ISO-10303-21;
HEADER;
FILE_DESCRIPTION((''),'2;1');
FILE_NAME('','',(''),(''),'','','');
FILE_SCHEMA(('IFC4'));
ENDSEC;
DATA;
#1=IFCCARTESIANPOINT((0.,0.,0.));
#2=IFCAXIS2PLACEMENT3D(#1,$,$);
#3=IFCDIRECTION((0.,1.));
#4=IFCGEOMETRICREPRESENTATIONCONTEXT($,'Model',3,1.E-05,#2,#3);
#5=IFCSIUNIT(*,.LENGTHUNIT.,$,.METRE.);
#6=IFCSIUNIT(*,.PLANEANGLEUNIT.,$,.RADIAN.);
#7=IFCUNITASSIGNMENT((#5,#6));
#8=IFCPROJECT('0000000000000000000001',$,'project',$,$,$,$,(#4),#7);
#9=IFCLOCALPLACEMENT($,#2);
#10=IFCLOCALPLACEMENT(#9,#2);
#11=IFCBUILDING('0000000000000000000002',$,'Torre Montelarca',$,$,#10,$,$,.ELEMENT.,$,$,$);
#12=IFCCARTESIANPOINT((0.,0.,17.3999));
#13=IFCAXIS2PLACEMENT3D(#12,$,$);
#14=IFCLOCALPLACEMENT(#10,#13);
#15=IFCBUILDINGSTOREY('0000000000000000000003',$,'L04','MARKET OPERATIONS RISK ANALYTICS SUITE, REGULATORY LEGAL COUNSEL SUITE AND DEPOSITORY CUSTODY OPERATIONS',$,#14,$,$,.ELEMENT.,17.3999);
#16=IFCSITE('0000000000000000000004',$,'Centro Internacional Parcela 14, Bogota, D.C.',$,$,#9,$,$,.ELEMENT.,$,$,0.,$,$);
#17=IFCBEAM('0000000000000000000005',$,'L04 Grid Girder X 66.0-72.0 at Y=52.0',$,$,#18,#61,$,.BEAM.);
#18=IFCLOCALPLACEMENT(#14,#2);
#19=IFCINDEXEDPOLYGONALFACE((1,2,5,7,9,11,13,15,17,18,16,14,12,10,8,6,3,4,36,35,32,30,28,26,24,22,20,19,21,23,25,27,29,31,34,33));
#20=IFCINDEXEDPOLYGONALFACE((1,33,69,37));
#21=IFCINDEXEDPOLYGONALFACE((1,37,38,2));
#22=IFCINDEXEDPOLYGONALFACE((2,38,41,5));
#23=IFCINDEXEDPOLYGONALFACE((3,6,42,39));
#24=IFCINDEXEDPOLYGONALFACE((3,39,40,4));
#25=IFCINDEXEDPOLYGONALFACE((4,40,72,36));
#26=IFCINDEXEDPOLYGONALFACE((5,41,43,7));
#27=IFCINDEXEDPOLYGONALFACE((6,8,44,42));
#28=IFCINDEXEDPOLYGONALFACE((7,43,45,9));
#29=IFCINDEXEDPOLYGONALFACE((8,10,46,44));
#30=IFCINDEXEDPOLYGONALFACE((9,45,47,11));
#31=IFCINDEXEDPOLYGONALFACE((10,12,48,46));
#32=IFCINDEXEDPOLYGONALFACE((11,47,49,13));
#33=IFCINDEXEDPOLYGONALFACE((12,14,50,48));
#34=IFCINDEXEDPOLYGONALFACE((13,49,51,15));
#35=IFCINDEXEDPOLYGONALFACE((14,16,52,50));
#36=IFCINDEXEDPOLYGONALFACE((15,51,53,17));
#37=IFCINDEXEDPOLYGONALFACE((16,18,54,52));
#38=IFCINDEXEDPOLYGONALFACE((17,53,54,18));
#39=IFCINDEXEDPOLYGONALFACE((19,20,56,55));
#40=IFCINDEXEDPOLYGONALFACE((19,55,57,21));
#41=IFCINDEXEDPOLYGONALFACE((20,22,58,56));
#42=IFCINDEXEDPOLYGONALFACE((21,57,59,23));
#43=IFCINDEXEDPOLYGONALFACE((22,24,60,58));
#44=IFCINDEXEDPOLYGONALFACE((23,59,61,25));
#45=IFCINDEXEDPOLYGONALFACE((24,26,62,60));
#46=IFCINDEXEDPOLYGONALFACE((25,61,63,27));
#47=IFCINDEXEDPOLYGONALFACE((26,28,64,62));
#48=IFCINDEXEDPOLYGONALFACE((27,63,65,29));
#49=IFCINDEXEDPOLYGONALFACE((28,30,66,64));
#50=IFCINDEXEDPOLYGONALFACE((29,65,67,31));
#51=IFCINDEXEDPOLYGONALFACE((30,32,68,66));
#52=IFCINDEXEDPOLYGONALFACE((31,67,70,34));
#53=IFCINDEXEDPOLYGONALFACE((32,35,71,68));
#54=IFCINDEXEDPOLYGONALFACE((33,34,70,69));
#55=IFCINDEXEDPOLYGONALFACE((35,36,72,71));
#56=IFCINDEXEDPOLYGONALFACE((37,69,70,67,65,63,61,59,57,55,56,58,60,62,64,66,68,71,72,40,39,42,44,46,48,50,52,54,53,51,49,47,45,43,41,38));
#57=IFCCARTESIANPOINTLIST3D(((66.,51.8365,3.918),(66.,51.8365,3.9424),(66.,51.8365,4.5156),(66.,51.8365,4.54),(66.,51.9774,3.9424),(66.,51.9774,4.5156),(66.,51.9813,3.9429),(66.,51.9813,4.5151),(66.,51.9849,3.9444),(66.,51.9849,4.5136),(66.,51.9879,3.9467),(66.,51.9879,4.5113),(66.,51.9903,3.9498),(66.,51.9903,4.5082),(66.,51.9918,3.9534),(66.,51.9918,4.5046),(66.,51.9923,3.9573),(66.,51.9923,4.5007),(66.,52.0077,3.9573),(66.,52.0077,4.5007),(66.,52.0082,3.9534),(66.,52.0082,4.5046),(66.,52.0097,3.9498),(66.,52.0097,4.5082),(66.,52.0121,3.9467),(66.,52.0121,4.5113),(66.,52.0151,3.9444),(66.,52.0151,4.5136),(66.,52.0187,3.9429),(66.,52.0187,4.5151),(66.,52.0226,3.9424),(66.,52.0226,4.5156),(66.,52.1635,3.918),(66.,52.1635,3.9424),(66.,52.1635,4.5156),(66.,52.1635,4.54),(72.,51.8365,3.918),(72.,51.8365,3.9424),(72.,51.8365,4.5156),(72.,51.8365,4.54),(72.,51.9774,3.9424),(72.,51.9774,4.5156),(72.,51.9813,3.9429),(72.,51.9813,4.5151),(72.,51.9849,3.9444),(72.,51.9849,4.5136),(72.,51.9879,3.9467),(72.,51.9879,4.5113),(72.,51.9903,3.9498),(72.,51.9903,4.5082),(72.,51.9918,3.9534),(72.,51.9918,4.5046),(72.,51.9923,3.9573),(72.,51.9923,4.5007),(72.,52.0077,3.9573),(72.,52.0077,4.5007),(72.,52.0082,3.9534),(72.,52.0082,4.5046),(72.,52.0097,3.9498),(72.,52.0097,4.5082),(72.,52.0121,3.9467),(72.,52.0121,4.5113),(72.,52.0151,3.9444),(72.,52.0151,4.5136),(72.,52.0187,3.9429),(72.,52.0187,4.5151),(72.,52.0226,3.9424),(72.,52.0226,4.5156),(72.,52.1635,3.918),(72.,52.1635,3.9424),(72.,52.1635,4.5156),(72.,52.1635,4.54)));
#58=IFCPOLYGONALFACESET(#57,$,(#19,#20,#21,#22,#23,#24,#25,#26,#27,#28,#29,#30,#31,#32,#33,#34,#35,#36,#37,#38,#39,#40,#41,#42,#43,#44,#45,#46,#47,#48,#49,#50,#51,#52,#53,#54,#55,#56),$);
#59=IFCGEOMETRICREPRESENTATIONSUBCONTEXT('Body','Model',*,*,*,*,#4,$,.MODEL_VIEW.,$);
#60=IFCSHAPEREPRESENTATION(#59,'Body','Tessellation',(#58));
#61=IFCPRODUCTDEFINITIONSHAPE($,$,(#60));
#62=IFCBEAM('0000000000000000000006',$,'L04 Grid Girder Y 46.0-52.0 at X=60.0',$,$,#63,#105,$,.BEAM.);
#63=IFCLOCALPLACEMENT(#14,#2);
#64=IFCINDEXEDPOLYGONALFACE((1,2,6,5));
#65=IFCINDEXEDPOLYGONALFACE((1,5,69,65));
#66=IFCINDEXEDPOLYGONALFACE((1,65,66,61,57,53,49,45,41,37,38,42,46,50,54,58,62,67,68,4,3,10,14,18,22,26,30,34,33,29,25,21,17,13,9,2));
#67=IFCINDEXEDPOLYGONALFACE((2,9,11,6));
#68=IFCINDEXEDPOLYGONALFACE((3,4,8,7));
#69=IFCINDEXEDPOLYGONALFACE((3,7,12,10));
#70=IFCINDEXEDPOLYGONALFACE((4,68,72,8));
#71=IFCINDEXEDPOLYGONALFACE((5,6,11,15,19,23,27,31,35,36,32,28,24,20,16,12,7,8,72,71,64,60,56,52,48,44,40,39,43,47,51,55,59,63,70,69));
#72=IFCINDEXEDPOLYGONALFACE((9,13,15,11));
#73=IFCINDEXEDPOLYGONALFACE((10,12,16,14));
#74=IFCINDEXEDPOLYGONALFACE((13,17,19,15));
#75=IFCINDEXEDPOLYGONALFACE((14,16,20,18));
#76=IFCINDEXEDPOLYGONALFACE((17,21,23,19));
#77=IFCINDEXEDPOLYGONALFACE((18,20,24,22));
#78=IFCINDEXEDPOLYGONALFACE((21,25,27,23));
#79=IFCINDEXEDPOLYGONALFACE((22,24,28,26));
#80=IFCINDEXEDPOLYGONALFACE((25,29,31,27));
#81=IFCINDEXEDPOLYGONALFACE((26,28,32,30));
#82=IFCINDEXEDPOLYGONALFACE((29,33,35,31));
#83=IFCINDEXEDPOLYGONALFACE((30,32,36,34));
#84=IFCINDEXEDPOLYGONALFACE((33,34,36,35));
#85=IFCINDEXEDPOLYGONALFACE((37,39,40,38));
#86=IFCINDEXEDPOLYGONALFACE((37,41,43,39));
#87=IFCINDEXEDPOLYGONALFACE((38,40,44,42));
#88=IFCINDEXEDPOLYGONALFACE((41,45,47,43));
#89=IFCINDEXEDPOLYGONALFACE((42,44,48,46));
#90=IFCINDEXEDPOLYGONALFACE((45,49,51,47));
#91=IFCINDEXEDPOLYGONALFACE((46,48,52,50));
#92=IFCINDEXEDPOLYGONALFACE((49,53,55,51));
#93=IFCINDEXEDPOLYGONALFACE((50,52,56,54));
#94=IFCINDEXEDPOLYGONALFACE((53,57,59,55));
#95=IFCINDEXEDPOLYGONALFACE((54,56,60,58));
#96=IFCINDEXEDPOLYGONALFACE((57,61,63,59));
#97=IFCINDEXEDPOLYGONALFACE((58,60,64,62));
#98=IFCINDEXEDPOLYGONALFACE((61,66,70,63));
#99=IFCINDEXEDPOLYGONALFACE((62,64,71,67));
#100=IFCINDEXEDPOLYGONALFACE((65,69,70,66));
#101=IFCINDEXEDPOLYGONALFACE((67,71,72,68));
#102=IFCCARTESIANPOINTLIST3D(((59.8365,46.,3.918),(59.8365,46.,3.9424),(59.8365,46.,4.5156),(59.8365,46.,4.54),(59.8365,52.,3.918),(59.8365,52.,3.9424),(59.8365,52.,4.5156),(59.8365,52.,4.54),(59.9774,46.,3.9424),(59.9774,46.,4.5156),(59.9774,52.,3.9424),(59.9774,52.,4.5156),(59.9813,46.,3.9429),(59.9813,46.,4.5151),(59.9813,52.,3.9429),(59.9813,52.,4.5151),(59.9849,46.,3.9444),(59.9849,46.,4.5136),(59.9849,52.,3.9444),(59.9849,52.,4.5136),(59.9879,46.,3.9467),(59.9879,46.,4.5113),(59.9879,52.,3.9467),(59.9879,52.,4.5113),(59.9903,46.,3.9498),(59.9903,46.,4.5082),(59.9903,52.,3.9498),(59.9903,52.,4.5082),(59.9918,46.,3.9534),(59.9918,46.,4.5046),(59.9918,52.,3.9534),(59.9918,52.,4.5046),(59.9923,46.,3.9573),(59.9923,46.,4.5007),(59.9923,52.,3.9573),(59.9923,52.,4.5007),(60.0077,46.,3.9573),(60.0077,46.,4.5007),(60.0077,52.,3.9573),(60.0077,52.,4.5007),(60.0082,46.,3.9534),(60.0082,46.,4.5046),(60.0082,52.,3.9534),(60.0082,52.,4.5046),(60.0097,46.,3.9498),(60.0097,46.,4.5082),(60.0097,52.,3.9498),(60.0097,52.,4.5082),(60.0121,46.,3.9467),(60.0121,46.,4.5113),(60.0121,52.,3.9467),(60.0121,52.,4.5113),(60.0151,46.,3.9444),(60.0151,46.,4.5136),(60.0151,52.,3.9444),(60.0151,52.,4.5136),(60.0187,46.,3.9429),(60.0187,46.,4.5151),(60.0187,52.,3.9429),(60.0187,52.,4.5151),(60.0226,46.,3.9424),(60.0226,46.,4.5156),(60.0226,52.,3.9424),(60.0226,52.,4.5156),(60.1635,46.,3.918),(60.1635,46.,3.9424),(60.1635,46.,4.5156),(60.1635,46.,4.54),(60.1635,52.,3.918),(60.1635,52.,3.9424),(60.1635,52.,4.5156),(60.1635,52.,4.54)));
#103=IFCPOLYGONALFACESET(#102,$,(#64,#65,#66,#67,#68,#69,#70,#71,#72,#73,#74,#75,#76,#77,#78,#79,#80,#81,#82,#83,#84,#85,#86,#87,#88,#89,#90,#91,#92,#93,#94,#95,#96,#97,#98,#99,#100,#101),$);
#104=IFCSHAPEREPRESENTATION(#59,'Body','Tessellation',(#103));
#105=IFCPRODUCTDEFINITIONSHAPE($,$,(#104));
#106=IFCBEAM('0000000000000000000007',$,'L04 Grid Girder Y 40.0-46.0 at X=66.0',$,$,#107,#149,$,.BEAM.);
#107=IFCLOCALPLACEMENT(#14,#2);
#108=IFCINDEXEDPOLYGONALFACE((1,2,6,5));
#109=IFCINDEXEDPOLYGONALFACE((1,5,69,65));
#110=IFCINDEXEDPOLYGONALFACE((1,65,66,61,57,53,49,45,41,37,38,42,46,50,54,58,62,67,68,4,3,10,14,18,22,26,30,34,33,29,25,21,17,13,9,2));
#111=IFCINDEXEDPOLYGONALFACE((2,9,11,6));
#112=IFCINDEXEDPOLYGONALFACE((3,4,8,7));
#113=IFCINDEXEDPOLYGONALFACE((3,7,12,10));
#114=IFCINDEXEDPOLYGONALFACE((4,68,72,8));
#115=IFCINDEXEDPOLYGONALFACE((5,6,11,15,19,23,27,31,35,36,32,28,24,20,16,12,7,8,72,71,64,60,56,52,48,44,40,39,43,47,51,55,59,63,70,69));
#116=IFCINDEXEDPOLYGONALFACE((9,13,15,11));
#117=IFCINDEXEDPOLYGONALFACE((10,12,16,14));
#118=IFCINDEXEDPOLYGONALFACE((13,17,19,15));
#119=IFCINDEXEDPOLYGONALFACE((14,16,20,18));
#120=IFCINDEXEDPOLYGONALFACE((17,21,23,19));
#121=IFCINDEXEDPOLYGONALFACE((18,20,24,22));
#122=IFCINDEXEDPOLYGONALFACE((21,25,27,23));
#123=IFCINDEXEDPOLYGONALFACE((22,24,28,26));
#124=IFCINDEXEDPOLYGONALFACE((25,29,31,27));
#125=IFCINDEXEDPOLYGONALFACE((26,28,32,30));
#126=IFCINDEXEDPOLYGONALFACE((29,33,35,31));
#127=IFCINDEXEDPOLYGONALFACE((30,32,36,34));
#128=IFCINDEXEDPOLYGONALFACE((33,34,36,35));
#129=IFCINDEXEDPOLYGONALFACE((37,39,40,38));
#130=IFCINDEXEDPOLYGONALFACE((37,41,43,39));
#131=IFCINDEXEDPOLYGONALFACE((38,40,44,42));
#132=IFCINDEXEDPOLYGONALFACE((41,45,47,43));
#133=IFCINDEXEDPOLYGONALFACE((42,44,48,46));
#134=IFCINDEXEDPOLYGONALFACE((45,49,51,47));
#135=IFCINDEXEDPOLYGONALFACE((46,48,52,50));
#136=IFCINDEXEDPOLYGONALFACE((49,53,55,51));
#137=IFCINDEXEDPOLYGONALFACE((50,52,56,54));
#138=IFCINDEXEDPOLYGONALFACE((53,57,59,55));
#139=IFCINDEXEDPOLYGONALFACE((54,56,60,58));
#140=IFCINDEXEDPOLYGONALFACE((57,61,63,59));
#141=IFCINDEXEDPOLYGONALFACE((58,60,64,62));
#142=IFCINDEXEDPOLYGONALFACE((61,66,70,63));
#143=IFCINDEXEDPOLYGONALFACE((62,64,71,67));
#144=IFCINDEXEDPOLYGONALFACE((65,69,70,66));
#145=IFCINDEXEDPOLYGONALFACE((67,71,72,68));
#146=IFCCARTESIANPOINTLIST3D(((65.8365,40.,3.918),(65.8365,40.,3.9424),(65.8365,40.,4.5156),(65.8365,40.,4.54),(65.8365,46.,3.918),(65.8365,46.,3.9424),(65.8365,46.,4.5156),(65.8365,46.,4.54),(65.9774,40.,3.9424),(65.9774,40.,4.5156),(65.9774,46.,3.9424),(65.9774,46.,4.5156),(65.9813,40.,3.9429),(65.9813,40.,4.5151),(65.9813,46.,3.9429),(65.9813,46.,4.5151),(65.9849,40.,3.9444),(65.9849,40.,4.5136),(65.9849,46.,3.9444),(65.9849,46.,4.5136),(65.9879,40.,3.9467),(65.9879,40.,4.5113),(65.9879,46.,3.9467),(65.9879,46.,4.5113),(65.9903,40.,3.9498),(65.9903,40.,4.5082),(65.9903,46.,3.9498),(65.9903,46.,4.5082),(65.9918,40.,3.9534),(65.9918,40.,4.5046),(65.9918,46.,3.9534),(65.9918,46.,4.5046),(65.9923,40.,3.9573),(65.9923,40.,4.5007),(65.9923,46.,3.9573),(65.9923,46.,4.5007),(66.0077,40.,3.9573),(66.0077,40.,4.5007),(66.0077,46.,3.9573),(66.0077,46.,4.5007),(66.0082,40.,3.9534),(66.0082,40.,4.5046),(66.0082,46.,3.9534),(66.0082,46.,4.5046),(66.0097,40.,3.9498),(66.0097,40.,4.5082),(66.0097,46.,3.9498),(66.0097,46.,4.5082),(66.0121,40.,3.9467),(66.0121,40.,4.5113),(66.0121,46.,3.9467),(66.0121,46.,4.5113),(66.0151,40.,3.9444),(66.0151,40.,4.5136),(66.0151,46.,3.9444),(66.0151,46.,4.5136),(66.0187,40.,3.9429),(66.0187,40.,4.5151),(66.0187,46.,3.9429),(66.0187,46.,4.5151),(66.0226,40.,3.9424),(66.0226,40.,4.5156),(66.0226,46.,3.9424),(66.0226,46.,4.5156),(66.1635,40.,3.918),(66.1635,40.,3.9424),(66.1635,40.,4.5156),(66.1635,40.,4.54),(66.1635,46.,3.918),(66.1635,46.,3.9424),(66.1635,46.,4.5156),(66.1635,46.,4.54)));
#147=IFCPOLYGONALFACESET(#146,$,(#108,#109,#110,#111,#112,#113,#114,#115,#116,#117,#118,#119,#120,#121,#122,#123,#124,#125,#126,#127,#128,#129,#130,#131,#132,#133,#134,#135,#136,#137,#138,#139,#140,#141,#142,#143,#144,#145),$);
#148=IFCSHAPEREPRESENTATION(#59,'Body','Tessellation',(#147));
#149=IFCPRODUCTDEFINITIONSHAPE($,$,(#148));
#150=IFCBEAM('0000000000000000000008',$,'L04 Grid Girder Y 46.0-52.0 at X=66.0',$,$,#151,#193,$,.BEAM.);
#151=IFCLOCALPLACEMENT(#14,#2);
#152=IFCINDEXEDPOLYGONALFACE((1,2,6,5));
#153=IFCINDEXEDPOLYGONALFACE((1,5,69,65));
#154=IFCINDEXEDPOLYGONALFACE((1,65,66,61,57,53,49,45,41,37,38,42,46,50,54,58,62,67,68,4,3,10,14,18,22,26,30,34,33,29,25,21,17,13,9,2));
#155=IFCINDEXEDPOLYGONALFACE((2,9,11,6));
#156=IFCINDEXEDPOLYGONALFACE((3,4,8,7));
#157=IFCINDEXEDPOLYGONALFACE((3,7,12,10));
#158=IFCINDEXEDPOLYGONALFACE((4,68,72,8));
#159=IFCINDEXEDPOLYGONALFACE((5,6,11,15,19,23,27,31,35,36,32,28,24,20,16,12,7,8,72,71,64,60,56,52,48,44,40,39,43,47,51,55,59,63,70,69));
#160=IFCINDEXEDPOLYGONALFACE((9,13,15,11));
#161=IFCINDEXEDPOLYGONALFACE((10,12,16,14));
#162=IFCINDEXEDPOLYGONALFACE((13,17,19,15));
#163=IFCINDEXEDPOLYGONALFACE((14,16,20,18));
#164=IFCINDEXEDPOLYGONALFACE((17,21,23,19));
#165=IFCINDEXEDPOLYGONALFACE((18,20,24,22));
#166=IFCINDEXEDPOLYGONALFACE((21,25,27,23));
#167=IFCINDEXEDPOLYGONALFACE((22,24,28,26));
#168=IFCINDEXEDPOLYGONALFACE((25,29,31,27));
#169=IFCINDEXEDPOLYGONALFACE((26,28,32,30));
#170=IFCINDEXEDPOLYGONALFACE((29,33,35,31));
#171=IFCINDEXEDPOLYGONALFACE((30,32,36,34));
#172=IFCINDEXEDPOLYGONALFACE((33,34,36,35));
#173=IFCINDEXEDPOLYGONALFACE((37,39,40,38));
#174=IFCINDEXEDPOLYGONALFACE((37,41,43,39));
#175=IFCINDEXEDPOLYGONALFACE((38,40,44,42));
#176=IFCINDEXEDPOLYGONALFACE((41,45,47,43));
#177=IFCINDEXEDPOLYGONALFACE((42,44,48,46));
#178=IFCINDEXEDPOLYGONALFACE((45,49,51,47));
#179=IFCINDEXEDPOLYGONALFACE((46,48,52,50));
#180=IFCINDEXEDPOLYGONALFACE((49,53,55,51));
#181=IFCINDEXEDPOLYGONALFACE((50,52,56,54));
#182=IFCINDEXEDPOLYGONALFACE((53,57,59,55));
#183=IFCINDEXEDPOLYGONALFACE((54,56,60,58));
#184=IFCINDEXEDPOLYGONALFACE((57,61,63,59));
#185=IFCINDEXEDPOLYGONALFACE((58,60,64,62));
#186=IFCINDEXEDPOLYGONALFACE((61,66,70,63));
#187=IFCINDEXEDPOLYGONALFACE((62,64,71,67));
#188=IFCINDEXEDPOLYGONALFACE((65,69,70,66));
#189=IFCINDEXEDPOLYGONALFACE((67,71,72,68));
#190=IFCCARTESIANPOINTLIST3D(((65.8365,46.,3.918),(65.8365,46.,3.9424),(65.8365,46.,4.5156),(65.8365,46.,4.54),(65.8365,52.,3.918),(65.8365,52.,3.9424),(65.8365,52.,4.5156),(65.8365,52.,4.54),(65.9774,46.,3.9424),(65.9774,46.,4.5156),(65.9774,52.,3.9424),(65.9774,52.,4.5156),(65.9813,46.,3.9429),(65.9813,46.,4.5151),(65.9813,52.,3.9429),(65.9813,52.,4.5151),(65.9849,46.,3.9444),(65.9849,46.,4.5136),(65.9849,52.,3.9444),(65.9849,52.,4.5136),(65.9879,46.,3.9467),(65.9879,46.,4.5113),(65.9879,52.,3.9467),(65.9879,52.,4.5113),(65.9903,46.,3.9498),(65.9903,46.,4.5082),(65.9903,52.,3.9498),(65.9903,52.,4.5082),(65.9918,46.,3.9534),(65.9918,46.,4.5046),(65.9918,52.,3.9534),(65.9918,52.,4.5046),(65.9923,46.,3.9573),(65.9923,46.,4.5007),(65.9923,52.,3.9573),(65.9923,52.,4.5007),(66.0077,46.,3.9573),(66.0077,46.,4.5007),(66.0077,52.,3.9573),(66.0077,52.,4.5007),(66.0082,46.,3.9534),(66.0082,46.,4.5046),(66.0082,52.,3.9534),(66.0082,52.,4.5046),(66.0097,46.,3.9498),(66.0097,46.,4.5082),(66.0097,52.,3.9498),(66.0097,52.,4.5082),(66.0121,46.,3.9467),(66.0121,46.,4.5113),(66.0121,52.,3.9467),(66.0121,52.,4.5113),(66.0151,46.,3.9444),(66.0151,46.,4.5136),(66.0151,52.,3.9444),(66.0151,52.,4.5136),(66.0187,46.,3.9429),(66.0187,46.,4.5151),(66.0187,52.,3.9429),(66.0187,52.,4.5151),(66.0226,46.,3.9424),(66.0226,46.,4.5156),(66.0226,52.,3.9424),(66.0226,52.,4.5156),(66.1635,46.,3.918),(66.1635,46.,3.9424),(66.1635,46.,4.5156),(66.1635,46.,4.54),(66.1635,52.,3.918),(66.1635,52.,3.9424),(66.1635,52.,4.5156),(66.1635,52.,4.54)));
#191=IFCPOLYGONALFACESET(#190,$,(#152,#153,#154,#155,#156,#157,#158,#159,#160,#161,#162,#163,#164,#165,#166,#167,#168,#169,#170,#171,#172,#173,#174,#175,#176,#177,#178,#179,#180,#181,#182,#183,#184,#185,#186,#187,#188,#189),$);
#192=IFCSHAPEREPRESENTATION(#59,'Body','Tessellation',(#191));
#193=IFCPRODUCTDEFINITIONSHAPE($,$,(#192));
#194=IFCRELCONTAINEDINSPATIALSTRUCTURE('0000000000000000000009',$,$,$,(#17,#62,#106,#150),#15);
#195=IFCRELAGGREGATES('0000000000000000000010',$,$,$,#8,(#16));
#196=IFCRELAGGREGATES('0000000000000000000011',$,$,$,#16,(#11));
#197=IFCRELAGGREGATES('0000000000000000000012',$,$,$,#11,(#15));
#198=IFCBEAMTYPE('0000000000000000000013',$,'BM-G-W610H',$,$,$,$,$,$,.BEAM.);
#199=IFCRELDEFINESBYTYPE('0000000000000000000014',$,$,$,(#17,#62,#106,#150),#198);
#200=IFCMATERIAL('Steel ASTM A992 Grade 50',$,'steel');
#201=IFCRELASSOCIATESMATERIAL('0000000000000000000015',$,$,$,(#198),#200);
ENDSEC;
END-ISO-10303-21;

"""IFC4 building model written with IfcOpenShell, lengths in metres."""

from ifc_helpers import new_model, si_unit, direction, frame, origin, origin_2d, place, context, subcontext, project, spatial, i_section, extrude, source, transform, mapped, material, material_profile, profile_set, type_object, element, save


model = new_model("IFC4")

# Units and contexts
model_context = context("Model", 3, precision=1e-05, world=origin(), true_north=direction((0.0, 1.0)))
body_context = subcontext(model_context, "Body", "Model", "MODEL_VIEW")
ifc_project = project(units=[si_unit("LENGTHUNIT", "METRE"), si_unit("PLANEANGLEUNIT", "RADIAN")], contexts=[model_context])

# Site, building, storey
site_placement = place(None, origin())
site = spatial("IfcSite", under=ifc_project, at=site_placement, Name="Centro Internacional Parcela 14, Bogota, D.C.", CompositionType="ELEMENT", RefElevation=0.0)
building_placement = place(site_placement, origin())
building = spatial("IfcBuilding", under=site, at=building_placement, Name="Torre Montelarca", CompositionType="ELEMENT")
storey_placement = place(building_placement, frame((0.0, 0.0, 17.3999)))
storey = spatial("IfcBuildingStorey", under=building, at=storey_placement, Name="L04", Description="MARKET OPERATIONS RISK ANALYTICS SUITE, REGULATORY LEGAL COUNSEL SUITE AND DEPOSITORY CUSTODY OPERATIONS", CompositionType="ELEMENT", Elevation=17.3999)

# Shared definitions
ifc_material_1 = material(Name="Steel ASTM A992 Grade 50", Category="steel")

# Beams
ifc_material_profile_1 = material_profile(ifc_material_1, i_section(OverallWidth=0.3269, OverallDepth=0.6221, WebThickness=0.0154, FlangeThickness=0.0244, FilletRadius=0.0149, at=origin_2d()), Name="W610X195", Category="steel")
ifc_profile_set_1 = profile_set([ifc_material_profile_1], Name="Steel ASTM A992 Grade 50")
beam_type_1 = type_object("IfcBeamType", Name="BM-G-W610H", PredefinedType="BEAM", material=ifc_profile_set_1)
shared_shape_1 = source(origin(), body_context, "Body", "SweptSolid", [
    extrude(i_section(OverallWidth=0.3269, OverallDepth=0.6221, WebThickness=0.0154, FlangeThickness=0.0244, FilletRadius=0.0149, at=origin_2d()), origin(), (0.0, 0.0, 1.0), 6.0),
])
for number, where, z_axis, x_axis, name in (
    (1, (66.0, 52.0, 4.229), (1.0, 0.0, 0.0), (0.0, 1.0, 0.0), "L04 Grid Girder X 66.0-72.0 at Y=52.0"),
    (2, (60.0, 46.0, 4.229), (0.0, 1.0, 0.0), (-1.0, 0.0, 0.0), "L04 Grid Girder Y 46.0-52.0 at X=60.0"),
    (3, (66.0, 40.0, 4.229), (0.0, 1.0, 0.0), (-1.0, 0.0, 0.0), "L04 Grid Girder Y 40.0-46.0 at X=66.0"),
    (4, (66.0, 46.0, 4.229), (0.0, 1.0, 0.0), (-1.0, 0.0, 0.0), "L04 Grid Girder Y 46.0-52.0 at X=66.0"),
):
    element("IfcBeam", number, at=place(storey_placement, frame(where, z_axis=z_axis, x_axis=x_axis)), inside=storey, type_object=beam_type_1, Name=name, PredefinedType="BEAM", context=body_context, shape_type="MappedRepresentation", body=[
        mapped(shared_shape_1, transform((0.0, 0.0, 0.0), scale=1.0)),
    ])

save(model, "model.ifc")
